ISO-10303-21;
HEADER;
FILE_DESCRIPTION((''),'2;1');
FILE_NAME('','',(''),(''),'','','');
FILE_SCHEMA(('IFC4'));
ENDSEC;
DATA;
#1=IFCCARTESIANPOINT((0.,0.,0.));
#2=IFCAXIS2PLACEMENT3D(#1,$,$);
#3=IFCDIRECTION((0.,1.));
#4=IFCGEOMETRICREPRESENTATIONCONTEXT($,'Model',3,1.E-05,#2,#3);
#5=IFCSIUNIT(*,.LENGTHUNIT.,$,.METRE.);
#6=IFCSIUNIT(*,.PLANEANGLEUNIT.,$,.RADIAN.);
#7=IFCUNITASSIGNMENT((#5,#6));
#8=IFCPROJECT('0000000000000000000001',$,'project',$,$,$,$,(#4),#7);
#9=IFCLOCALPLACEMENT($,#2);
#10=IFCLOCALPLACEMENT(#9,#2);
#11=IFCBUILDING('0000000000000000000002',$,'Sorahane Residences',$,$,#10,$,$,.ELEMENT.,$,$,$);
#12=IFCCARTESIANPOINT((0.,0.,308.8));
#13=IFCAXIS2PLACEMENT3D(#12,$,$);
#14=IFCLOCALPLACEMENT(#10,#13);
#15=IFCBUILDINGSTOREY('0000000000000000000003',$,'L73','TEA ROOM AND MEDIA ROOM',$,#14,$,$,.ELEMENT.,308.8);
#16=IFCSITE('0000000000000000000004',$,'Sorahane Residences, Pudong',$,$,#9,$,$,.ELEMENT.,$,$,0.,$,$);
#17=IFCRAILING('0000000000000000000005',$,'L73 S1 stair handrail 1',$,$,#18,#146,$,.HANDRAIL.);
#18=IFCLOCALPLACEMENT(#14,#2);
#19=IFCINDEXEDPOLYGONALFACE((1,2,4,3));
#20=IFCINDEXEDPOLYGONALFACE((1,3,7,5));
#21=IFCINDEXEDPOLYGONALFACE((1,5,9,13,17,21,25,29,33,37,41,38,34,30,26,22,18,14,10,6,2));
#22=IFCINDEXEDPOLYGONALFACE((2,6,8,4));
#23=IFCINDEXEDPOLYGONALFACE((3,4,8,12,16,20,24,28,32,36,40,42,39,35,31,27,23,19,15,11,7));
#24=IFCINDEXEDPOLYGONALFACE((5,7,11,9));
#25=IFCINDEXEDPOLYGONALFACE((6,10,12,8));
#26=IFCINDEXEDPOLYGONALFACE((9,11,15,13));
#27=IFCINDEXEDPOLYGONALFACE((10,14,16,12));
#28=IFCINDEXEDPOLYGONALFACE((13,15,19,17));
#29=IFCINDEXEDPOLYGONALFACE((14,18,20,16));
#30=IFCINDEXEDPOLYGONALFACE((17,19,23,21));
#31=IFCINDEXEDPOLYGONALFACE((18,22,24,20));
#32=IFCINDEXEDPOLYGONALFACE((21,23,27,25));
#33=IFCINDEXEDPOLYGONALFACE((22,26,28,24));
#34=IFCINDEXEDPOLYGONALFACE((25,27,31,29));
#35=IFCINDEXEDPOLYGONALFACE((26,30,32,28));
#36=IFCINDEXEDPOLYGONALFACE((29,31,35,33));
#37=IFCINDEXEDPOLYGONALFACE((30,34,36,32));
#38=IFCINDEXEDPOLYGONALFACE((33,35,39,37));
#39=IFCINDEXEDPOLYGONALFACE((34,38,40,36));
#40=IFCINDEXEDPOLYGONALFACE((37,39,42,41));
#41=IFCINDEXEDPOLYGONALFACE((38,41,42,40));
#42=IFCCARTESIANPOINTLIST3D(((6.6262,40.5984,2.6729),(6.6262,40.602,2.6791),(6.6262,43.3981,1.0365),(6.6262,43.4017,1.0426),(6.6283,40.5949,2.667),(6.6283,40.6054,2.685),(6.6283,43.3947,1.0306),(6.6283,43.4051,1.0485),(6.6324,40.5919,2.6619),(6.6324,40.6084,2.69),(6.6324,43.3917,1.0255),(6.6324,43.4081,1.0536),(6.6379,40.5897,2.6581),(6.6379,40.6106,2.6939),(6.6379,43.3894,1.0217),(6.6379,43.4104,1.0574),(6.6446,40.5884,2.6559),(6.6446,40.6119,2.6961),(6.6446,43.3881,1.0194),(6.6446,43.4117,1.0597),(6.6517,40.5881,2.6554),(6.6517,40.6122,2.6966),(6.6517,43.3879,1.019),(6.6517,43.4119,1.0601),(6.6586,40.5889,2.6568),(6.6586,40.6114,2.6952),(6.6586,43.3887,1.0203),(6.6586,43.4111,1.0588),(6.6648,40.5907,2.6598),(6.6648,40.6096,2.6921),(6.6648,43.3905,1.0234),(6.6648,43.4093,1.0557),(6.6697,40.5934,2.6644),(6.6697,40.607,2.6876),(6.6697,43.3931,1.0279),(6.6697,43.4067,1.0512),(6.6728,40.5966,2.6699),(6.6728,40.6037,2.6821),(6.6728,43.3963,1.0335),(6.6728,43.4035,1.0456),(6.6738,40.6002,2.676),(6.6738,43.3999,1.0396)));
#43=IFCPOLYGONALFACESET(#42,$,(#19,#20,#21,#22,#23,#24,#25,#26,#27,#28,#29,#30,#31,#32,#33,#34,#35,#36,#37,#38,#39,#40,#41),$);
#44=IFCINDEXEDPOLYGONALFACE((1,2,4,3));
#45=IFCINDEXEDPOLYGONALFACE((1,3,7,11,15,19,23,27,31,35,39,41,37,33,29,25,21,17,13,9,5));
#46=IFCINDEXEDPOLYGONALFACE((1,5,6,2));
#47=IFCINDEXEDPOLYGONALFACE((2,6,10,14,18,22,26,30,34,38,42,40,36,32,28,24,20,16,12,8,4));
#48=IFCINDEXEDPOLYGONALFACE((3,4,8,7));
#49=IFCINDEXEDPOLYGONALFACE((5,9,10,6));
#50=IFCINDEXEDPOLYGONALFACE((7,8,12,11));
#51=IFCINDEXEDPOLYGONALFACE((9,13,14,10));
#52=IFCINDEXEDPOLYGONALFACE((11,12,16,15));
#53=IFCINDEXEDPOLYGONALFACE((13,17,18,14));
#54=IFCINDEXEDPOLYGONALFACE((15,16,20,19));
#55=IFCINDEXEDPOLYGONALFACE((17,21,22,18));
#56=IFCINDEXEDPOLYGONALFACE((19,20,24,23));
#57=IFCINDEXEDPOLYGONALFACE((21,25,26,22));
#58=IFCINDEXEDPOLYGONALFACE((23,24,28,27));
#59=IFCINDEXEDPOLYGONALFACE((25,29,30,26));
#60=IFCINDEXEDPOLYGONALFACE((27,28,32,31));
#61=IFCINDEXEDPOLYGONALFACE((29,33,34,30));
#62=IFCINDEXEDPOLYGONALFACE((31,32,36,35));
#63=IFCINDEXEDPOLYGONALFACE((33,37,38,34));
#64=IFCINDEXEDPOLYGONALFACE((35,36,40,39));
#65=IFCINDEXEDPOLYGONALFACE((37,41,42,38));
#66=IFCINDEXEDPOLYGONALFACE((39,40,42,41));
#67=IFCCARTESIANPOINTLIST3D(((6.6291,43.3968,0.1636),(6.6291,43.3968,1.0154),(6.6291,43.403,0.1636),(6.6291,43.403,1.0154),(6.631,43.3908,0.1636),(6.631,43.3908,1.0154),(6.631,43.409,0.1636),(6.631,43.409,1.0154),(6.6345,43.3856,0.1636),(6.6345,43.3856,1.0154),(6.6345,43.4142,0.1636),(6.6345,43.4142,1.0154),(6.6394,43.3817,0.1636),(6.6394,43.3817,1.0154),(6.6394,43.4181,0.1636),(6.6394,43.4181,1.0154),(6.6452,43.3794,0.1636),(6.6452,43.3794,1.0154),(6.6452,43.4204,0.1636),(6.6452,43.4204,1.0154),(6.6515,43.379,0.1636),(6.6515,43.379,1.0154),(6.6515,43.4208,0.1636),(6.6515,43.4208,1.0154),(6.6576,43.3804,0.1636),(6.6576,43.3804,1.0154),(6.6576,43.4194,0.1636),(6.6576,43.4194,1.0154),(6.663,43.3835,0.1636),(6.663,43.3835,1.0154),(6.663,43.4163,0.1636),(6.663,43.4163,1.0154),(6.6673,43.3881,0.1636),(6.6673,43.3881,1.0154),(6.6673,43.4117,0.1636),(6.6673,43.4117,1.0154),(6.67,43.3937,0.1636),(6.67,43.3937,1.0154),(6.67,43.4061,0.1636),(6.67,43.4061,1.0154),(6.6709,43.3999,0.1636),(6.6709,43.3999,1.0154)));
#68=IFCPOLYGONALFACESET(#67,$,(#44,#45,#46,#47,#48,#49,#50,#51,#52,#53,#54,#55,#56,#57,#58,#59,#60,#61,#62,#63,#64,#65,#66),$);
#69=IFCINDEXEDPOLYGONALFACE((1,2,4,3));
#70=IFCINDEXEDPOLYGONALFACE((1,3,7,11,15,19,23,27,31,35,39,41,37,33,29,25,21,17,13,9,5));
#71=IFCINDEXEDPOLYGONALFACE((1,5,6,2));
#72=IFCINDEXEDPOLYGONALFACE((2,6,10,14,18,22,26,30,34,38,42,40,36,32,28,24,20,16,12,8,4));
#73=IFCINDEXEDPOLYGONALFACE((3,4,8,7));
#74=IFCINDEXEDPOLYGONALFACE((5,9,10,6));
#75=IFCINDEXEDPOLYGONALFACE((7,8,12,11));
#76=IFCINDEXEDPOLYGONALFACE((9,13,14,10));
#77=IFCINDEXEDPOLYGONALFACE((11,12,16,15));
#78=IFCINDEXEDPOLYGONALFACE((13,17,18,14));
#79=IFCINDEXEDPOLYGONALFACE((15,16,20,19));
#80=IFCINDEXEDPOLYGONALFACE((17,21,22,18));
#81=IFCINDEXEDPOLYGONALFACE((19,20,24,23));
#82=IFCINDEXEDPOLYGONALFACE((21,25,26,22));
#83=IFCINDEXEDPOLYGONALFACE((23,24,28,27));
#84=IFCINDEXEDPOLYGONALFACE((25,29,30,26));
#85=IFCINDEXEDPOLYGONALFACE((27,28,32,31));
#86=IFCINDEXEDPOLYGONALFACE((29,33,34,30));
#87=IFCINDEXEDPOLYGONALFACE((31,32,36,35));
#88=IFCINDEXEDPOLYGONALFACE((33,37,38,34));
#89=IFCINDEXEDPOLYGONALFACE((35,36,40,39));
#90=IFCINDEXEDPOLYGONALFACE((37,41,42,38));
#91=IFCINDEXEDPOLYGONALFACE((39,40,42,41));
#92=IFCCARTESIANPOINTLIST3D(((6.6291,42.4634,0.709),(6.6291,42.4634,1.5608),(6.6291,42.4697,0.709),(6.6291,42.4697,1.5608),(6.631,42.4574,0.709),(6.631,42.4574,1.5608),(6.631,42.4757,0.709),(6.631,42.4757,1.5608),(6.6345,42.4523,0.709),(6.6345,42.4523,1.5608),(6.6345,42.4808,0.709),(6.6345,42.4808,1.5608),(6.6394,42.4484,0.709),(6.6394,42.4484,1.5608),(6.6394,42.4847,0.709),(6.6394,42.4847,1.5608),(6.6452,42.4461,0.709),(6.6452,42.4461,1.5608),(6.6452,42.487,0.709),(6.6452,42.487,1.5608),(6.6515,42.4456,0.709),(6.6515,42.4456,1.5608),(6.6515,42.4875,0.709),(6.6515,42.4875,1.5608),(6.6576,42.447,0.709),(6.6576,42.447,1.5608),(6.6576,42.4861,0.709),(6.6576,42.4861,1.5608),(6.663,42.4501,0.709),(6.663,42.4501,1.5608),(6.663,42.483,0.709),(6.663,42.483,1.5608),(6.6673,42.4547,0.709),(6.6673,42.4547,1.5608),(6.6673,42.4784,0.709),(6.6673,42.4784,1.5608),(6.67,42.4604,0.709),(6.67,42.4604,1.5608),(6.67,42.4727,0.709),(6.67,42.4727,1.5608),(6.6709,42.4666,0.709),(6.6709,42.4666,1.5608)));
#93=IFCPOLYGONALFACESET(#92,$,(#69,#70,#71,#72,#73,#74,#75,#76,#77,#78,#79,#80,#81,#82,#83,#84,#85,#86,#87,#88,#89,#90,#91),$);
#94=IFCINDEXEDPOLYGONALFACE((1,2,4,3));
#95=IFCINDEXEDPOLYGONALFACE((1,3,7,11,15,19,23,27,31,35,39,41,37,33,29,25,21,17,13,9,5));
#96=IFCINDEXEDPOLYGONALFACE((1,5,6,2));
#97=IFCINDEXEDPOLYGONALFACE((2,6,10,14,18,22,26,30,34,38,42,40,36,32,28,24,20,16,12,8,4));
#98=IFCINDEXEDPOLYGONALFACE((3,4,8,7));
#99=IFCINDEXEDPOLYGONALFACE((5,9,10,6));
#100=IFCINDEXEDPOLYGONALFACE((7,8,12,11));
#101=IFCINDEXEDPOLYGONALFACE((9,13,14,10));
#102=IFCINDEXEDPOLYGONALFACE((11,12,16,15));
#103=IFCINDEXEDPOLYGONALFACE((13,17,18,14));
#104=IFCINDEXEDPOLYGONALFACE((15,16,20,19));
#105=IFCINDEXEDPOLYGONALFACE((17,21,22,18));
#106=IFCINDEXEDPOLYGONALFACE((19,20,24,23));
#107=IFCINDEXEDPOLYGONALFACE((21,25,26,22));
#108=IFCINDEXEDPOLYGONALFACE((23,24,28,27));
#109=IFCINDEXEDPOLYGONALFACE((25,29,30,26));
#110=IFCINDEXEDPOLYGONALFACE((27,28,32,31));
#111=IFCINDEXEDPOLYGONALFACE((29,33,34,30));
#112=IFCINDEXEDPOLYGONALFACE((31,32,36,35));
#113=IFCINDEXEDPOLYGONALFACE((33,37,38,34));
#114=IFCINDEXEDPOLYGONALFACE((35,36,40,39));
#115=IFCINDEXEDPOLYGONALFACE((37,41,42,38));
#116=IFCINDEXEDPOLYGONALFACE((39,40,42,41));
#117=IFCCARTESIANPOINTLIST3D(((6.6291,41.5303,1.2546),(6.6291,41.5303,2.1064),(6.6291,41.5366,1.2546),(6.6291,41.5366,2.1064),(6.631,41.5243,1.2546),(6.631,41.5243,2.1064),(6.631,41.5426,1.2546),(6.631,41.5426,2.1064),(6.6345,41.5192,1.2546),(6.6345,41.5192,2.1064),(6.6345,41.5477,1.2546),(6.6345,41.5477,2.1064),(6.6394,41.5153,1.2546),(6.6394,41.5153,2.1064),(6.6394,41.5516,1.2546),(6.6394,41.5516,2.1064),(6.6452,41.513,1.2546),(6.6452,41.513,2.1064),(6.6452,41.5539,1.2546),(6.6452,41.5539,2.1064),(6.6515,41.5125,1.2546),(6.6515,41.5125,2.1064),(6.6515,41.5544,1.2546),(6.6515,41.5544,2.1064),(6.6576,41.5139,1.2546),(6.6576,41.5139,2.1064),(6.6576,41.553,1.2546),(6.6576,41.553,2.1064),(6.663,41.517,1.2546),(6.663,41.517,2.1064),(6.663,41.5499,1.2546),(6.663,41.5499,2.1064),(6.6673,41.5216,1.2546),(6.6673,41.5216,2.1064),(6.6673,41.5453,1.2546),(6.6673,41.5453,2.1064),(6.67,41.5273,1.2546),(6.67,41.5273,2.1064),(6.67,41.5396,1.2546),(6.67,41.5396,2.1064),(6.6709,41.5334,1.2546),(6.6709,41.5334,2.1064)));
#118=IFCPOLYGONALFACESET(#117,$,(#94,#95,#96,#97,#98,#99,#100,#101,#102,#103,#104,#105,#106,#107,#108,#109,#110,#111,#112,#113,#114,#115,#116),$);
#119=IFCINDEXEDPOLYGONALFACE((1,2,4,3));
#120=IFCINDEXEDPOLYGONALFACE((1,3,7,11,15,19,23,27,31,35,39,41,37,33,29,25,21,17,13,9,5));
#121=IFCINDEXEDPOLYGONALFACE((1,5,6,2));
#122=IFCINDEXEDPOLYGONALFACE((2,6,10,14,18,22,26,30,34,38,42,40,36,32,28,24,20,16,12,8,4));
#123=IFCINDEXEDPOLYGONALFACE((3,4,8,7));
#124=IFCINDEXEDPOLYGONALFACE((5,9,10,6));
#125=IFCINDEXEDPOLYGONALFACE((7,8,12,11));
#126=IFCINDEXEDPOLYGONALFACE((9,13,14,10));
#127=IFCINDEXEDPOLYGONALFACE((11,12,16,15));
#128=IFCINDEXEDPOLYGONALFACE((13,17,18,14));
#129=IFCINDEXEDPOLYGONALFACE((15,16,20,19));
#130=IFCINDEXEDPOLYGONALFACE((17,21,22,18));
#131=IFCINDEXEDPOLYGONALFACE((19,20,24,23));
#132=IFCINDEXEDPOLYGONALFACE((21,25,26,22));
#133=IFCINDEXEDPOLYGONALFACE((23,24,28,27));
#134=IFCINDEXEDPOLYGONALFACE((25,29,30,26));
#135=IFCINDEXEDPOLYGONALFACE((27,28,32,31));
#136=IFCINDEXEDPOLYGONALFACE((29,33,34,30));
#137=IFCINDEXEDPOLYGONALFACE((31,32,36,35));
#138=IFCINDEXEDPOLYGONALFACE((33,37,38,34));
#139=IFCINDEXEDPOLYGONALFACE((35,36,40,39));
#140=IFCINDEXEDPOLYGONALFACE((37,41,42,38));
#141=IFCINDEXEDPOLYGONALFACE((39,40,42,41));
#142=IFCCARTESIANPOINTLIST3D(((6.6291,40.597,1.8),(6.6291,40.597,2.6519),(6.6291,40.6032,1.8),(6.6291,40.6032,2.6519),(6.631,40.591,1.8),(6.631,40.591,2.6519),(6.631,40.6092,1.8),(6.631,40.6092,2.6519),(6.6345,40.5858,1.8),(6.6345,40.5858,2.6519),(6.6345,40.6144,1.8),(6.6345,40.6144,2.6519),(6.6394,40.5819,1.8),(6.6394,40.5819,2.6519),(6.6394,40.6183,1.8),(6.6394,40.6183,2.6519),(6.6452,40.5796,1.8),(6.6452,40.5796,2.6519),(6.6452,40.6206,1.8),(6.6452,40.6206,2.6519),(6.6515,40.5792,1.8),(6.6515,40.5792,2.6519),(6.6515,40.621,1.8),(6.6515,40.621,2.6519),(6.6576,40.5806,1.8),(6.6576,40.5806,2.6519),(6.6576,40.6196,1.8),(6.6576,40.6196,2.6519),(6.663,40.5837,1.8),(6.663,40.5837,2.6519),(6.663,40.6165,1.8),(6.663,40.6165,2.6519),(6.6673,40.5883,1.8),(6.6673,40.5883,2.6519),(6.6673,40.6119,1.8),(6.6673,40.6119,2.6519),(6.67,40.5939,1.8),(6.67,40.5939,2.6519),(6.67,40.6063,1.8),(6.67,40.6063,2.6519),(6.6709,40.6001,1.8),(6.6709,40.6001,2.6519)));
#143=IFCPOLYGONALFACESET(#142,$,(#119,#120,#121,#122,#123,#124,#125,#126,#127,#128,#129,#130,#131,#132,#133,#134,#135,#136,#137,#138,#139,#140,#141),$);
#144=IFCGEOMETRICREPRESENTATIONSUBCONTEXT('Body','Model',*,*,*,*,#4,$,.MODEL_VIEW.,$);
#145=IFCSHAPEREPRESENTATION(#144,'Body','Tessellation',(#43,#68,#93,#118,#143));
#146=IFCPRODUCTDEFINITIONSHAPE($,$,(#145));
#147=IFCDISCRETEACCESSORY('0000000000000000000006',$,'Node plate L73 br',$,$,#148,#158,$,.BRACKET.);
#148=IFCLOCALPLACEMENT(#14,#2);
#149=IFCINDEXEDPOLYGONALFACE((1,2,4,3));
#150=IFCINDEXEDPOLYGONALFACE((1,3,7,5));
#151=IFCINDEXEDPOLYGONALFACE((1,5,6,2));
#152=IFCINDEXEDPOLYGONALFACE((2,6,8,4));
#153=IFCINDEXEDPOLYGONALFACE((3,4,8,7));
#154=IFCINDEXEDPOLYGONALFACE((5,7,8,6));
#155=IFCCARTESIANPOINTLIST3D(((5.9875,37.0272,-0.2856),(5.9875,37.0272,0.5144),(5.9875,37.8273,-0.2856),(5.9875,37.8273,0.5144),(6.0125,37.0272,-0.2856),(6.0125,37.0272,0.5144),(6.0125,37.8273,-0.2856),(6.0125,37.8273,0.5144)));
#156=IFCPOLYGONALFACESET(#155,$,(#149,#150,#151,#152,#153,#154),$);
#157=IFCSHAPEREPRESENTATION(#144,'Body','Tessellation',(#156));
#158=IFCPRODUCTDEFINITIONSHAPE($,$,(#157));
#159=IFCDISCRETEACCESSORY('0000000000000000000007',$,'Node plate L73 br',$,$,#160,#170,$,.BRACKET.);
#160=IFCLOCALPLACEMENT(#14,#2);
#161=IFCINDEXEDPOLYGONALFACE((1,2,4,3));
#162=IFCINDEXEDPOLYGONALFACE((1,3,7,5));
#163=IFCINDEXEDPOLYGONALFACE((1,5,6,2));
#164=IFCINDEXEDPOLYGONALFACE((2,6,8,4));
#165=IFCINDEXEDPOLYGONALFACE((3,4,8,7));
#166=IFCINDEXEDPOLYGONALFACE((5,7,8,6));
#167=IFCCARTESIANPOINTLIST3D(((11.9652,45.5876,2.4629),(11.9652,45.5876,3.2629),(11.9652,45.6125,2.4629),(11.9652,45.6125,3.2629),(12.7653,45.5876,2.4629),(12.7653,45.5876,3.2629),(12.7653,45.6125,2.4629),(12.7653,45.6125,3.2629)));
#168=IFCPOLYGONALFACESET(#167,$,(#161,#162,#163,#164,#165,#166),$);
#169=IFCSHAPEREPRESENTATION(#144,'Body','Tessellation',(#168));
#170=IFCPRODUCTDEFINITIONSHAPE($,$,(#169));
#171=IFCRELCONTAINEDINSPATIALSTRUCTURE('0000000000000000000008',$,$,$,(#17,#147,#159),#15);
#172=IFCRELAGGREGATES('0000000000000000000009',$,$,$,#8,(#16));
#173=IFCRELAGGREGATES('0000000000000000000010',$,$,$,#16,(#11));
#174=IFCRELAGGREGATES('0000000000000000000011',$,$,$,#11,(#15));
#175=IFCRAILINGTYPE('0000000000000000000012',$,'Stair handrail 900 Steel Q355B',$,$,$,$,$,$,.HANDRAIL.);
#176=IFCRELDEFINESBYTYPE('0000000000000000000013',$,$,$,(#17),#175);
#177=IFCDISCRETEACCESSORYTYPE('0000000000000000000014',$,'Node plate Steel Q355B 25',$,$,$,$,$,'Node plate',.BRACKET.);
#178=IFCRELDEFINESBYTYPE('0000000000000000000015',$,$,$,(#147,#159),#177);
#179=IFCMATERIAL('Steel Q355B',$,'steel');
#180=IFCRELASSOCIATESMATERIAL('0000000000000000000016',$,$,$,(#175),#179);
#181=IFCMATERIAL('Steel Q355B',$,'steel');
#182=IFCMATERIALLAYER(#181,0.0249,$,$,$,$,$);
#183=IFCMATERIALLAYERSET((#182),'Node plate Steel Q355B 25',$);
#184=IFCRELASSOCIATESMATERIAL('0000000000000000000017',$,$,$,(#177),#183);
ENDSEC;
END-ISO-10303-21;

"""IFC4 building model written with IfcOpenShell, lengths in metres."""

from ifc_helpers import new_model, si_unit, direction, frame, origin, origin_2d, place, context, subcontext, project, spatial, rectangle, circle, extrude, material, layer, layer_set, type_object, element, save


model = new_model("IFC4")

# Units and contexts
model_context = context("Model", 3, precision=1e-05, world=origin(), true_north=direction((0.0, 1.0)))
body_context = subcontext(model_context, "Body", "Model", "MODEL_VIEW")
ifc_project = project(units=[si_unit("LENGTHUNIT", "METRE"), si_unit("PLANEANGLEUNIT", "RADIAN")], contexts=[model_context])

# Site, building, storey
site_placement = place(None, origin())
site = spatial("IfcSite", under=ifc_project, at=site_placement, Name="Sorahane Residences, Pudong", CompositionType="ELEMENT", RefElevation=0.0)
building_placement = place(site_placement, origin())
building = spatial("IfcBuilding", under=site, at=building_placement, Name="Sorahane Residences", CompositionType="ELEMENT")
storey_placement = place(building_placement, frame((0.0, 0.0, 308.8)))
storey = spatial("IfcBuildingStorey", under=building, at=storey_placement, Name="L73", Description="TEA ROOM AND MEDIA ROOM", CompositionType="ELEMENT", Elevation=308.8)

# Railing
ifc_material_1 = material(Name="Steel Q355B", Category="steel")
railing_type_1 = type_object("IfcRailingType", Name="Stair handrail 900 Steel Q355B", PredefinedType="HANDRAIL", material=ifc_material_1)
railing_1_placement = place(storey_placement, frame((6.6499, 43.3999, 0.1636)))
element("IfcRailing", 1, at=railing_1_placement, inside=storey, type_object=railing_type_1, Name="L73 S1 stair handrail 1", PredefinedType="HANDRAIL", context=body_context, shape_type="SweptSolid", body=[
    extrude(circle(Radius=0.0239, at=origin_2d()), frame((0.0, 0.0, 0.876), z_axis=(0.0, -0.863342, 0.50462), x_axis=(1.0, 0.0, 0.0)), (0.0, 0.0, 1.0), 3.2429),
    extrude(circle(Radius=0.021, at=origin_2d()), origin(), (0.0, 0.0, 1.0), 0.8518),
    extrude(circle(Radius=0.021, at=origin_2d()), frame((0.0, -0.9333, 0.5454)), (0.0, 0.0, 1.0), 0.8518),
    extrude(circle(Radius=0.021, at=origin_2d()), frame((0.0, -1.8665, 1.0911)), (0.0, 0.0, 1.0), 0.8518),
    extrude(circle(Radius=0.021, at=origin_2d()), frame((0.0, -2.7998, 1.6365)), (0.0, 0.0, 1.0), 0.8518),
])

# Discrete accessories
ifc_material_2 = material(Name="Steel Q355B", Category="steel")
ifc_layer_1 = layer(ifc_material_2, 0.0249)
ifc_layer_set_1 = layer_set([ifc_layer_1], Name="Node plate Steel Q355B 25")
discrete_accessory_type = type_object("IfcDiscreteAccessoryType", Name="Node plate Steel Q355B 25", ElementType="Node plate", PredefinedType="BRACKET", material=ifc_layer_set_1)
for number, where, z_axis, x_axis, name in (
    (2, (6.0, 37.4272, -0.2856), (0.0, 0.0, 1.0), (0.0, 1.0, 0.0), "Node plate L73 br"),
    (3, (12.3652, 45.6001, 2.4629), (0.0, 0.0, 1.0), (1.0, 0.0, 0.0), "Node plate L73 br"),
):
    element("IfcDiscreteAccessory", number, at=place(storey_placement, frame(where, z_axis=z_axis, x_axis=x_axis)), inside=storey, type_object=discrete_accessory_type, Name=name, PredefinedType="BRACKET", context=body_context, shape_type="SweptSolid", body=[
        extrude(rectangle(XDim=0.8, YDim=0.0249, at=origin_2d()), origin(), (0.0, 0.0, 1.0), 0.8),
    ])

save(model, "model.ifc")
